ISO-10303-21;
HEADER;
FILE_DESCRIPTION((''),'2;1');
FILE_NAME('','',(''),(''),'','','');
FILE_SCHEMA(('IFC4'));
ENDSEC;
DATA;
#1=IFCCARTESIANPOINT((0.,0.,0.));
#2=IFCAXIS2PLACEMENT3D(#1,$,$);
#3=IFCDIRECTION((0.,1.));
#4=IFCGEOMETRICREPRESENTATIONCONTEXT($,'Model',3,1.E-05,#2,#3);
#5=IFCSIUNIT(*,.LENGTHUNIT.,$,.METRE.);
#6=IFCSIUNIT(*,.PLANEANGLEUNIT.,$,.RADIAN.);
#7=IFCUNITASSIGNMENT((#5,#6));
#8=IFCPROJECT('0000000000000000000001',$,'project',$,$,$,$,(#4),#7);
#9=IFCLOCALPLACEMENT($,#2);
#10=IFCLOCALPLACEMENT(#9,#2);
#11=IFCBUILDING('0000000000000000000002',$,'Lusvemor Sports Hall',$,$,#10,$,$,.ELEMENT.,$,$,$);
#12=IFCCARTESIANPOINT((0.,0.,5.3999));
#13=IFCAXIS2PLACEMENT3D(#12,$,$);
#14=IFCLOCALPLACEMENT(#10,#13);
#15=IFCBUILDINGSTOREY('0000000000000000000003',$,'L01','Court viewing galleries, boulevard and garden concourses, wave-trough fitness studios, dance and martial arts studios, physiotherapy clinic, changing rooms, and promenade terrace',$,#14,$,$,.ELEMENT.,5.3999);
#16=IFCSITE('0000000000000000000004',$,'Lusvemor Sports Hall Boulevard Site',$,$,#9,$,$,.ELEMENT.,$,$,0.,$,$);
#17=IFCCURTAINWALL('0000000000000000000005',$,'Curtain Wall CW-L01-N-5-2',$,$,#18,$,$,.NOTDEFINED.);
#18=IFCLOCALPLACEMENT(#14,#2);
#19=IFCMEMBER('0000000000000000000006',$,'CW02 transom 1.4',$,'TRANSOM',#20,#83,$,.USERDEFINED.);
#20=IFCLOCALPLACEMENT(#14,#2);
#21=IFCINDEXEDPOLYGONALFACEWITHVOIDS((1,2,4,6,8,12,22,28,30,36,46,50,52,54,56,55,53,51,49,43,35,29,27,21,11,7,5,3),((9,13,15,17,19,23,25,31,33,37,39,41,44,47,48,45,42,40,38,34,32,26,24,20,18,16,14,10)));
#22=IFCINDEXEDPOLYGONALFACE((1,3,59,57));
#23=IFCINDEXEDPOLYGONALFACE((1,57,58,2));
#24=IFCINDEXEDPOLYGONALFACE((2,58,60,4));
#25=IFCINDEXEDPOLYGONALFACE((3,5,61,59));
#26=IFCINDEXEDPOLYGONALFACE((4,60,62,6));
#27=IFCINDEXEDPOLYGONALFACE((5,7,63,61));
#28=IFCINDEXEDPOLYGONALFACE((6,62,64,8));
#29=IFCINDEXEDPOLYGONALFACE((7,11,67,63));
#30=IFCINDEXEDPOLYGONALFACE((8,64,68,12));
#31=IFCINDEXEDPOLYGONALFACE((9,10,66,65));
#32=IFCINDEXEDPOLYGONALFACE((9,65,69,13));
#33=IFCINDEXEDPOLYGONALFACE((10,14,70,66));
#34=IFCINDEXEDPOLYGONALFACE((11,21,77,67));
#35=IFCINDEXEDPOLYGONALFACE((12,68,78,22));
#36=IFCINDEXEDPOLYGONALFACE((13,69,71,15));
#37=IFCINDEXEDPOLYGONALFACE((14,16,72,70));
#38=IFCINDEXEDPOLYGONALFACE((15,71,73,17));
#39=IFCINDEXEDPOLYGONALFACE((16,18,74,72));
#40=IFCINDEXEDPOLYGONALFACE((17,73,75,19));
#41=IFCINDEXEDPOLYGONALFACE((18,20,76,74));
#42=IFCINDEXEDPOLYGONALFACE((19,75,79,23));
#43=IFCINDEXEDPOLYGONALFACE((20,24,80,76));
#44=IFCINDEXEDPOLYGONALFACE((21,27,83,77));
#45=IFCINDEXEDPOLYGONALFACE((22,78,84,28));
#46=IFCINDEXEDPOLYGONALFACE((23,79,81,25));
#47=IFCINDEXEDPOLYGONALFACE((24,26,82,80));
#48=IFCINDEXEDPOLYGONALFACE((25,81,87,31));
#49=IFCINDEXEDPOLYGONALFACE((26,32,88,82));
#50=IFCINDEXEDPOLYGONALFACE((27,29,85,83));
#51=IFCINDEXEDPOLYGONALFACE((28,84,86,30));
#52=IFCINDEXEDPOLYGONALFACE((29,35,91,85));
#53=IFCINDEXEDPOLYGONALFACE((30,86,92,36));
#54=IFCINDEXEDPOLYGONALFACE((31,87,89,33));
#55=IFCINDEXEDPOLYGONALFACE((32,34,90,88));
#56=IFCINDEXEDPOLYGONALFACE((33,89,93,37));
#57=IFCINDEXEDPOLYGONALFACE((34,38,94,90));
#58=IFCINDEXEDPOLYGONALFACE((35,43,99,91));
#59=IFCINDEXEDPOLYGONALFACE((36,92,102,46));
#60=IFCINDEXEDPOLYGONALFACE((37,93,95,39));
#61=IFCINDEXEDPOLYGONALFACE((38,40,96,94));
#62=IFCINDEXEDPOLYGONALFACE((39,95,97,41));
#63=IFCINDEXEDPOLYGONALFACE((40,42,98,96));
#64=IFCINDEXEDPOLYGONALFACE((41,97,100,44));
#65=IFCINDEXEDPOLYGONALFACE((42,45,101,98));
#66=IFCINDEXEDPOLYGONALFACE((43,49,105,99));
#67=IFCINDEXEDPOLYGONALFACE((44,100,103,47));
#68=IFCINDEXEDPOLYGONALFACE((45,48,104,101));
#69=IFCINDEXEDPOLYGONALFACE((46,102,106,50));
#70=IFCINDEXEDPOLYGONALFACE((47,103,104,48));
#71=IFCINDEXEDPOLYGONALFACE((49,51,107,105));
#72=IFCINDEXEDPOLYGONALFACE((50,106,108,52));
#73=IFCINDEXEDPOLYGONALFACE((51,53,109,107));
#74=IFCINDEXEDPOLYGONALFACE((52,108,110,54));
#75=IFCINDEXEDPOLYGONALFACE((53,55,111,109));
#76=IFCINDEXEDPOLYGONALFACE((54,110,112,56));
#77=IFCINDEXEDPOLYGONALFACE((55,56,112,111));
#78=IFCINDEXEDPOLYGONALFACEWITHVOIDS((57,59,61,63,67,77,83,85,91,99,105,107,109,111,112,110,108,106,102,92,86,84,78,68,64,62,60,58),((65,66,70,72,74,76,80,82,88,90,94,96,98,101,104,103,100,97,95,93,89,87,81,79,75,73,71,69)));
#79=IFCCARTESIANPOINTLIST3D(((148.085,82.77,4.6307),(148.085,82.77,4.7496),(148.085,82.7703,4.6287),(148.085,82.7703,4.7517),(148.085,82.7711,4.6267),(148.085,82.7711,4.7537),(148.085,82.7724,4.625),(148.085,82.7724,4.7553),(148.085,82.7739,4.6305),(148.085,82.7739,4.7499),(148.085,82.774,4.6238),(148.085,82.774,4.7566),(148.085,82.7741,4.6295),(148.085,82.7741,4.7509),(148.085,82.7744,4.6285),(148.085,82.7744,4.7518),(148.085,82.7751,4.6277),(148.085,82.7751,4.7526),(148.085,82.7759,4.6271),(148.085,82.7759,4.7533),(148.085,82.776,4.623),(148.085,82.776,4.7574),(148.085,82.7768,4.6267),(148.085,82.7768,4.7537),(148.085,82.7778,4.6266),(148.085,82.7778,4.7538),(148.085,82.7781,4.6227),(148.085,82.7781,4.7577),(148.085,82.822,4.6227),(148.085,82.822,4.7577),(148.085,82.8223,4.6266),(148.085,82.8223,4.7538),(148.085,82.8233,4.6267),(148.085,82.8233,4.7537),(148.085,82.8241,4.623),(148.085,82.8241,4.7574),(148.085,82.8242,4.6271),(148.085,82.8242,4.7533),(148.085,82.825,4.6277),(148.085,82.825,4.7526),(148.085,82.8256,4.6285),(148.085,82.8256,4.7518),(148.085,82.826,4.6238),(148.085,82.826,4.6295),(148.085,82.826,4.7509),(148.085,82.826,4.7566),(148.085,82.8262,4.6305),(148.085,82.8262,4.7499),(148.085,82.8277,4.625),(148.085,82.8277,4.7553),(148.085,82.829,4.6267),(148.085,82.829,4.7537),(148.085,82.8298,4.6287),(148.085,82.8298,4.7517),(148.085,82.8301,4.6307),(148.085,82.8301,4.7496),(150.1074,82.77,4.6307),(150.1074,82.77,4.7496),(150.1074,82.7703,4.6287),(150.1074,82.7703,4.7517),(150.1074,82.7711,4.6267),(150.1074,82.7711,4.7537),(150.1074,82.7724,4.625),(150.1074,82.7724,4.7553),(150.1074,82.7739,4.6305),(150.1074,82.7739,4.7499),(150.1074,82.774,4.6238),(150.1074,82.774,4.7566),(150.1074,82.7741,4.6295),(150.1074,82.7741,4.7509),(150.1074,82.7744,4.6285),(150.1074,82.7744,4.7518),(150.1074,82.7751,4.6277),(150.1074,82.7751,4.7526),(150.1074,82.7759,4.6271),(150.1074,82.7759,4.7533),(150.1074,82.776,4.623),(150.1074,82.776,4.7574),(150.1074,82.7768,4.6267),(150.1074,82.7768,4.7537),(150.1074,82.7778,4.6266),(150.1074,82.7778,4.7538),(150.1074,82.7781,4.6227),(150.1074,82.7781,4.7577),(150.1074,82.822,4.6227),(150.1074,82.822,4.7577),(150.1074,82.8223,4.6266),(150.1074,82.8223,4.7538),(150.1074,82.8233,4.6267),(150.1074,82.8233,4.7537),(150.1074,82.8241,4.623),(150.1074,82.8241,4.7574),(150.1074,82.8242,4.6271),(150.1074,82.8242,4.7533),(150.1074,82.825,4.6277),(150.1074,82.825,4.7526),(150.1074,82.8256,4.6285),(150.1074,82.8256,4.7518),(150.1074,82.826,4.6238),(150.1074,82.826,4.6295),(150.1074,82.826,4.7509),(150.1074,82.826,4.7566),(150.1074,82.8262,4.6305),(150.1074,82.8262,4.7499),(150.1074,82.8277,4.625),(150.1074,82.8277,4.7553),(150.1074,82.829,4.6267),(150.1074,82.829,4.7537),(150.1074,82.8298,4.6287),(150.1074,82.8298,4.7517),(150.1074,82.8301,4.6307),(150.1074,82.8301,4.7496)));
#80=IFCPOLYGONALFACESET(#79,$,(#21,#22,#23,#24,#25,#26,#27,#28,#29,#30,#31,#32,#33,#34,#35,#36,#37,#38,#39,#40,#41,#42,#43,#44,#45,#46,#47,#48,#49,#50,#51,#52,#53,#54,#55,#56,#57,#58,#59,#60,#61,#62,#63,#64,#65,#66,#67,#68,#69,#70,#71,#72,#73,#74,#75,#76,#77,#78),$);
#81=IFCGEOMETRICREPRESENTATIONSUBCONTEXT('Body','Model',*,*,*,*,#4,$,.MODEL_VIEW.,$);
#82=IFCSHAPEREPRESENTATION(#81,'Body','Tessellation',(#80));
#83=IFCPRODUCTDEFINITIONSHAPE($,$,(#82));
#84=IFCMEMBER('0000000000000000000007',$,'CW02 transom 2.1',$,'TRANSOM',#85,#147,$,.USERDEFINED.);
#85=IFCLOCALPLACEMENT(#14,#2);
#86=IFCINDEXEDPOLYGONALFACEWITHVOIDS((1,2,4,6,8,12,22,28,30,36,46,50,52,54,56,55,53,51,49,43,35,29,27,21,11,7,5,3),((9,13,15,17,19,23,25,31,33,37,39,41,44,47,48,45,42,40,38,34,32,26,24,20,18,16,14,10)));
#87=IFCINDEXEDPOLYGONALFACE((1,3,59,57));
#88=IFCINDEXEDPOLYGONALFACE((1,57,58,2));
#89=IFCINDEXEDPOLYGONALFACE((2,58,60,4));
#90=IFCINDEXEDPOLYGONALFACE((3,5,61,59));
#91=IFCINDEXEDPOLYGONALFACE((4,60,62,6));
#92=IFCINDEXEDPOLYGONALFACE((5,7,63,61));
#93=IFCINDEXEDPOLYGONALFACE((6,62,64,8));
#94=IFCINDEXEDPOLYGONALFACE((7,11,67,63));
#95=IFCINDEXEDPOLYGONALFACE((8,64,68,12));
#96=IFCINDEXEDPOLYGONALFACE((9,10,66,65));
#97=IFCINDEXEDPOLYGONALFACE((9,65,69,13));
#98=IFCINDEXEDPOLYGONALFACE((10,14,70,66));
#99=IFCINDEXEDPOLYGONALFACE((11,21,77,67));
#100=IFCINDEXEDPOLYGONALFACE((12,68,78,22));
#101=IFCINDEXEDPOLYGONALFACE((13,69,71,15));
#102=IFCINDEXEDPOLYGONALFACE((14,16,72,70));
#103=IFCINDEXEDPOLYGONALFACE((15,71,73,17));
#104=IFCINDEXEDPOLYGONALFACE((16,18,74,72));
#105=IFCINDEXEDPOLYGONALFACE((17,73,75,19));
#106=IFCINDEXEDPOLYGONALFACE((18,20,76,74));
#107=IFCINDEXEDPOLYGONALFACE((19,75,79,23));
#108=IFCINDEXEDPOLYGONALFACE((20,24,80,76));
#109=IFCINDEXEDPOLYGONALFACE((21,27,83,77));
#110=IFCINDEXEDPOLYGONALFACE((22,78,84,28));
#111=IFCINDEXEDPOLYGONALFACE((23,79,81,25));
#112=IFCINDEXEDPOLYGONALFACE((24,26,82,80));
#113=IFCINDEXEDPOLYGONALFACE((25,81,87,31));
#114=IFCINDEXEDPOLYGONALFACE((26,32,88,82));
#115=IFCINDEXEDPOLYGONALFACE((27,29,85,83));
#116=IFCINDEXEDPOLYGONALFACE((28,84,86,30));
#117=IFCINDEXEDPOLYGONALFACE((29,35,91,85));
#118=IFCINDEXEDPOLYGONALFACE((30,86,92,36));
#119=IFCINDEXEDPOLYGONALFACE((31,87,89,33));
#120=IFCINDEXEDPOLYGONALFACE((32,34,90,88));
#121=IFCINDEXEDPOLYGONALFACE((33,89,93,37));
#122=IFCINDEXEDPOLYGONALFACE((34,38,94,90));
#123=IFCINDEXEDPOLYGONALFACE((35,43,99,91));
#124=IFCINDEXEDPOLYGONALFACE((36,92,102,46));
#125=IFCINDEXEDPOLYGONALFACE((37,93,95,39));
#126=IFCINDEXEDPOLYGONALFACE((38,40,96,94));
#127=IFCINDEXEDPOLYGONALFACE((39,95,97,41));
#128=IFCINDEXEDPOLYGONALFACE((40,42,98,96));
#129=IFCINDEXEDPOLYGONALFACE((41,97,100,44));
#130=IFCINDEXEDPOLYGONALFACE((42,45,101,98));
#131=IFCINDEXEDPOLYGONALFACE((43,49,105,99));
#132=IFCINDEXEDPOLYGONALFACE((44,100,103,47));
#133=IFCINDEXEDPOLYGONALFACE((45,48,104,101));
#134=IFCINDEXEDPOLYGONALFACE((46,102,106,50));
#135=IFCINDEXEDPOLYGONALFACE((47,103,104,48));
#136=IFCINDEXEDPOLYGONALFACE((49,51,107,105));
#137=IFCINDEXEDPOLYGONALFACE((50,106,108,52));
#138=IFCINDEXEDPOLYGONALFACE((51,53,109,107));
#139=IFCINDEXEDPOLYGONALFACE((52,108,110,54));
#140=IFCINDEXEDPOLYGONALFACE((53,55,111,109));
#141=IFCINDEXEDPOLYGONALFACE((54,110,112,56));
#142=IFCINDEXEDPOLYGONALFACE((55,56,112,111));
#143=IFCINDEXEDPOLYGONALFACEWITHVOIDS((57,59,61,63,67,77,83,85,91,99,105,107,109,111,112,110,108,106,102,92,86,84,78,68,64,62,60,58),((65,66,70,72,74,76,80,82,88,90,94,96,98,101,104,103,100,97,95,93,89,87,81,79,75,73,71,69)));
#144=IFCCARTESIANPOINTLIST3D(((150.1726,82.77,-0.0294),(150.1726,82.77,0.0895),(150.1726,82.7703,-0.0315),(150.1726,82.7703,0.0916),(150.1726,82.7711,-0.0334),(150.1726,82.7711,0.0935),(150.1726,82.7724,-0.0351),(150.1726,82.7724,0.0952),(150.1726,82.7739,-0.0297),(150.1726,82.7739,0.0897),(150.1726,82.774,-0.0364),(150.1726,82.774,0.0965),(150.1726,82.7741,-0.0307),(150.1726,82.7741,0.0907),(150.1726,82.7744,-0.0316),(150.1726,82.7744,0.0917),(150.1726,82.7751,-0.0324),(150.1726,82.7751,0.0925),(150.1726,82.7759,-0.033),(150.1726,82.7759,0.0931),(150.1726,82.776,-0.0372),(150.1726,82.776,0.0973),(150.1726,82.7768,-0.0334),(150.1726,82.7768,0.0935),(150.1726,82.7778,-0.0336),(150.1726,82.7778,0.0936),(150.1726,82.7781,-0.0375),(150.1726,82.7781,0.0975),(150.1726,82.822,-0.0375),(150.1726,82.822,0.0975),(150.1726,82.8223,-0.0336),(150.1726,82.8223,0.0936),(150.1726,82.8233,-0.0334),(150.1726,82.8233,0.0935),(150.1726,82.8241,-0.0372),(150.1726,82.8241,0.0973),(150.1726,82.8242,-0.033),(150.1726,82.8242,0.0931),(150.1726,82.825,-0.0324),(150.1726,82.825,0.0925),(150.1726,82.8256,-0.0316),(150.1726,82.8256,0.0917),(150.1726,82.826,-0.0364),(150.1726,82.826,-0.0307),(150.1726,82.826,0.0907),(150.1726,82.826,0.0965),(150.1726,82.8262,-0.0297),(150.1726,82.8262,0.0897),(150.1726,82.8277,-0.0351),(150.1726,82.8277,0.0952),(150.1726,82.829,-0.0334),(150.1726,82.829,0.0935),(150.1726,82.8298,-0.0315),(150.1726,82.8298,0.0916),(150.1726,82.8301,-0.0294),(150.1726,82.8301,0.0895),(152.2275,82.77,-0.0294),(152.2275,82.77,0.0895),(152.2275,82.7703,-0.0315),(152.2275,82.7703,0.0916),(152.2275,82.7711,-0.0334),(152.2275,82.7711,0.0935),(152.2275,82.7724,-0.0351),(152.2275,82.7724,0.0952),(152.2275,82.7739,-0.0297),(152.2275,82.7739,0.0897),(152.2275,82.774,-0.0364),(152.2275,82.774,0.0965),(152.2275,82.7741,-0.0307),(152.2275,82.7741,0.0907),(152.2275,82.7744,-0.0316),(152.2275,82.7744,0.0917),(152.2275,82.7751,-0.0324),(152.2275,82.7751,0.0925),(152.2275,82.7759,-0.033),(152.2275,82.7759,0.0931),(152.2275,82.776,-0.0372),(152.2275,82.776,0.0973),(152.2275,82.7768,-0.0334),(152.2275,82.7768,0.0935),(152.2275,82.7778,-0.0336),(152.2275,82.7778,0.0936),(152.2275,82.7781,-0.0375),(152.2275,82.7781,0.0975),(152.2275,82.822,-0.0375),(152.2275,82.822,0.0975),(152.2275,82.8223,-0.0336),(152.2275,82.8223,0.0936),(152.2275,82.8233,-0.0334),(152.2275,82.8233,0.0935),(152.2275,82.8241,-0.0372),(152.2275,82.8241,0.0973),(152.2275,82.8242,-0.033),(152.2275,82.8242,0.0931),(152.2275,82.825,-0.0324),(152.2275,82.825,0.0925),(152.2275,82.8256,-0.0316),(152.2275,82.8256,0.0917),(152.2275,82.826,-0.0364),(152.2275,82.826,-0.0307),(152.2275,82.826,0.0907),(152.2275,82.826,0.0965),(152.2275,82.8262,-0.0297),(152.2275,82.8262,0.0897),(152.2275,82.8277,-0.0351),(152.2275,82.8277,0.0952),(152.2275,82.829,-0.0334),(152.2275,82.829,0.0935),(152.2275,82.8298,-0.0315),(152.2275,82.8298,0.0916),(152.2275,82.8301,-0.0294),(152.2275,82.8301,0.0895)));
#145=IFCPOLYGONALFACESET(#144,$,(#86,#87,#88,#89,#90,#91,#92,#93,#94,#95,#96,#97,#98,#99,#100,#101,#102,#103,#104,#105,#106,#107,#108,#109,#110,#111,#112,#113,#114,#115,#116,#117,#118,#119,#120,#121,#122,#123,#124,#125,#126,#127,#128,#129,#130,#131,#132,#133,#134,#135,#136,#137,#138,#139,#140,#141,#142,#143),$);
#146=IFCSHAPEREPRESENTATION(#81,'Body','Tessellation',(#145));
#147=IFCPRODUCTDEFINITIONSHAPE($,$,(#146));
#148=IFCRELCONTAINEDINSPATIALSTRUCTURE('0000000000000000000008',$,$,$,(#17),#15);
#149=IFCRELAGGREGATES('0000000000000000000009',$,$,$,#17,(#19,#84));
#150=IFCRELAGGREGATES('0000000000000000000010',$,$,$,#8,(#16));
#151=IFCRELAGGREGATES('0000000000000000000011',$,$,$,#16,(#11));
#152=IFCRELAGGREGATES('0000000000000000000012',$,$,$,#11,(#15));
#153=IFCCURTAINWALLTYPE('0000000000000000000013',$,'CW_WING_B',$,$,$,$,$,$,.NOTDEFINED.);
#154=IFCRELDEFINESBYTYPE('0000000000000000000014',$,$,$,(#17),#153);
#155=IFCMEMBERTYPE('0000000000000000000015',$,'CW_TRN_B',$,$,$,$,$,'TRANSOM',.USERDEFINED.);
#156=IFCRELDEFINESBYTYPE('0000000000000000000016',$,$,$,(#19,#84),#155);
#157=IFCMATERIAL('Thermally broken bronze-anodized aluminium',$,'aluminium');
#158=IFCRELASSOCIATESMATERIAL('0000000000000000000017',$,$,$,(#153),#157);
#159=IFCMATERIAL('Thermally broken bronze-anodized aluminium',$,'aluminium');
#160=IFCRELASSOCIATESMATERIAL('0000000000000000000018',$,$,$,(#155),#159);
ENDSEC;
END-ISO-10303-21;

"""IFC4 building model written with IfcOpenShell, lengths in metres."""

from ifc_helpers import new_model, si_unit, direction, frame, origin, origin_2d, place, context, subcontext, project, spatial, hollow_rectangle, extrude, material, material_profile, profile_set, type_object, element, aggregate, save


model = new_model("IFC4")

# Units and contexts
model_context = context("Model", 3, precision=1e-05, world=origin(), true_north=direction((0.0, 1.0)))
body_context = subcontext(model_context, "Body", "Model", "MODEL_VIEW")
ifc_project = project(units=[si_unit("LENGTHUNIT", "METRE"), si_unit("PLANEANGLEUNIT", "RADIAN")], contexts=[model_context])

# Site, building, storey
site_placement = place(None, origin())
site = spatial("IfcSite", under=ifc_project, at=site_placement, Name="Lusvemor Sports Hall Boulevard Site", CompositionType="ELEMENT", RefElevation=0.0)
building_placement = place(site_placement, origin())
building = spatial("IfcBuilding", under=site, at=building_placement, Name="Lusvemor Sports Hall", CompositionType="ELEMENT")
storey_placement = place(building_placement, frame((0.0, 0.0, 5.3999)))
storey = spatial("IfcBuildingStorey", under=building, at=storey_placement, Name="L01", Description="Court viewing galleries, boulevard and garden concourses, wave-trough fitness studios, dance and martial arts studios, physiotherapy clinic, changing rooms, and promenade terrace", CompositionType="ELEMENT", Elevation=5.3999)

# Curtain wall, members
ifc_material_1 = material(Name="Thermally broken bronze-anodized aluminium", Category="aluminium")
curtain_wall_type = type_object("IfcCurtainWallType", Name="CW_WING_B", PredefinedType="NOTDEFINED", material=ifc_material_1)
curtain_wall_placement = place(storey_placement, origin())
curtain_wall = element("IfcCurtainWall", 1, at=curtain_wall_placement, inside=storey, type_object=curtain_wall_type, Name="Curtain Wall CW-L01-N-5-2", PredefinedType="NOTDEFINED")
ifc_material_2 = material(Name="Thermally broken bronze-anodized aluminium", Category="aluminium")
ifc_material_profile_1 = material_profile(ifc_material_2, hollow_rectangle(XDim=0.0601, YDim=0.135, WallThickness=0.0039, InnerFilletRadius=0.0039, OuterFilletRadius=0.0081, at=origin_2d()), Name="CWTRN135x60x4")
ifc_profile_set_1 = profile_set([ifc_material_profile_1], Name="Thermally broken bronze-anodized aluminium")
member_type_1 = type_object("IfcMemberType", Name="CW_TRN_B", ElementType="TRANSOM", PredefinedType="USERDEFINED", material=ifc_profile_set_1)
member_1_placement = place(storey_placement, frame((148.085, 82.8, 4.6902), z_axis=(1.0, 0.0, 0.0), x_axis=(0.0, 1.0, 0.0)))
member_1 = element("IfcMember", 2, at=member_1_placement, type_object=member_type_1, Name="CW02 transom 1.4", ObjectType="TRANSOM", PredefinedType="USERDEFINED", context=body_context, shape_type="SweptSolid", body=[
    extrude(hollow_rectangle(XDim=0.0601, YDim=0.135, WallThickness=0.0039, InnerFilletRadius=0.0039, OuterFilletRadius=0.0081, at=origin_2d()), origin(), (0.0, 0.0, 1.0), 2.0225),
])
member_2_placement = place(storey_placement, frame((150.1726, 82.8, 0.03), z_axis=(1.0, 0.0, 0.0), x_axis=(0.0, 1.0, 0.0)))
member_2 = element("IfcMember", 3, at=member_2_placement, type_object=member_type_1, Name="CW02 transom 2.1", ObjectType="TRANSOM", PredefinedType="USERDEFINED", context=body_context, shape_type="SweptSolid", body=[
    extrude(hollow_rectangle(XDim=0.0601, YDim=0.135, WallThickness=0.0039, InnerFilletRadius=0.0039, OuterFilletRadius=0.0081, at=origin_2d()), origin(), (0.0, 0.0, 1.0), 2.0549),
])

aggregate(curtain_wall, [member_1, member_2])

save(model, "model.ifc")
